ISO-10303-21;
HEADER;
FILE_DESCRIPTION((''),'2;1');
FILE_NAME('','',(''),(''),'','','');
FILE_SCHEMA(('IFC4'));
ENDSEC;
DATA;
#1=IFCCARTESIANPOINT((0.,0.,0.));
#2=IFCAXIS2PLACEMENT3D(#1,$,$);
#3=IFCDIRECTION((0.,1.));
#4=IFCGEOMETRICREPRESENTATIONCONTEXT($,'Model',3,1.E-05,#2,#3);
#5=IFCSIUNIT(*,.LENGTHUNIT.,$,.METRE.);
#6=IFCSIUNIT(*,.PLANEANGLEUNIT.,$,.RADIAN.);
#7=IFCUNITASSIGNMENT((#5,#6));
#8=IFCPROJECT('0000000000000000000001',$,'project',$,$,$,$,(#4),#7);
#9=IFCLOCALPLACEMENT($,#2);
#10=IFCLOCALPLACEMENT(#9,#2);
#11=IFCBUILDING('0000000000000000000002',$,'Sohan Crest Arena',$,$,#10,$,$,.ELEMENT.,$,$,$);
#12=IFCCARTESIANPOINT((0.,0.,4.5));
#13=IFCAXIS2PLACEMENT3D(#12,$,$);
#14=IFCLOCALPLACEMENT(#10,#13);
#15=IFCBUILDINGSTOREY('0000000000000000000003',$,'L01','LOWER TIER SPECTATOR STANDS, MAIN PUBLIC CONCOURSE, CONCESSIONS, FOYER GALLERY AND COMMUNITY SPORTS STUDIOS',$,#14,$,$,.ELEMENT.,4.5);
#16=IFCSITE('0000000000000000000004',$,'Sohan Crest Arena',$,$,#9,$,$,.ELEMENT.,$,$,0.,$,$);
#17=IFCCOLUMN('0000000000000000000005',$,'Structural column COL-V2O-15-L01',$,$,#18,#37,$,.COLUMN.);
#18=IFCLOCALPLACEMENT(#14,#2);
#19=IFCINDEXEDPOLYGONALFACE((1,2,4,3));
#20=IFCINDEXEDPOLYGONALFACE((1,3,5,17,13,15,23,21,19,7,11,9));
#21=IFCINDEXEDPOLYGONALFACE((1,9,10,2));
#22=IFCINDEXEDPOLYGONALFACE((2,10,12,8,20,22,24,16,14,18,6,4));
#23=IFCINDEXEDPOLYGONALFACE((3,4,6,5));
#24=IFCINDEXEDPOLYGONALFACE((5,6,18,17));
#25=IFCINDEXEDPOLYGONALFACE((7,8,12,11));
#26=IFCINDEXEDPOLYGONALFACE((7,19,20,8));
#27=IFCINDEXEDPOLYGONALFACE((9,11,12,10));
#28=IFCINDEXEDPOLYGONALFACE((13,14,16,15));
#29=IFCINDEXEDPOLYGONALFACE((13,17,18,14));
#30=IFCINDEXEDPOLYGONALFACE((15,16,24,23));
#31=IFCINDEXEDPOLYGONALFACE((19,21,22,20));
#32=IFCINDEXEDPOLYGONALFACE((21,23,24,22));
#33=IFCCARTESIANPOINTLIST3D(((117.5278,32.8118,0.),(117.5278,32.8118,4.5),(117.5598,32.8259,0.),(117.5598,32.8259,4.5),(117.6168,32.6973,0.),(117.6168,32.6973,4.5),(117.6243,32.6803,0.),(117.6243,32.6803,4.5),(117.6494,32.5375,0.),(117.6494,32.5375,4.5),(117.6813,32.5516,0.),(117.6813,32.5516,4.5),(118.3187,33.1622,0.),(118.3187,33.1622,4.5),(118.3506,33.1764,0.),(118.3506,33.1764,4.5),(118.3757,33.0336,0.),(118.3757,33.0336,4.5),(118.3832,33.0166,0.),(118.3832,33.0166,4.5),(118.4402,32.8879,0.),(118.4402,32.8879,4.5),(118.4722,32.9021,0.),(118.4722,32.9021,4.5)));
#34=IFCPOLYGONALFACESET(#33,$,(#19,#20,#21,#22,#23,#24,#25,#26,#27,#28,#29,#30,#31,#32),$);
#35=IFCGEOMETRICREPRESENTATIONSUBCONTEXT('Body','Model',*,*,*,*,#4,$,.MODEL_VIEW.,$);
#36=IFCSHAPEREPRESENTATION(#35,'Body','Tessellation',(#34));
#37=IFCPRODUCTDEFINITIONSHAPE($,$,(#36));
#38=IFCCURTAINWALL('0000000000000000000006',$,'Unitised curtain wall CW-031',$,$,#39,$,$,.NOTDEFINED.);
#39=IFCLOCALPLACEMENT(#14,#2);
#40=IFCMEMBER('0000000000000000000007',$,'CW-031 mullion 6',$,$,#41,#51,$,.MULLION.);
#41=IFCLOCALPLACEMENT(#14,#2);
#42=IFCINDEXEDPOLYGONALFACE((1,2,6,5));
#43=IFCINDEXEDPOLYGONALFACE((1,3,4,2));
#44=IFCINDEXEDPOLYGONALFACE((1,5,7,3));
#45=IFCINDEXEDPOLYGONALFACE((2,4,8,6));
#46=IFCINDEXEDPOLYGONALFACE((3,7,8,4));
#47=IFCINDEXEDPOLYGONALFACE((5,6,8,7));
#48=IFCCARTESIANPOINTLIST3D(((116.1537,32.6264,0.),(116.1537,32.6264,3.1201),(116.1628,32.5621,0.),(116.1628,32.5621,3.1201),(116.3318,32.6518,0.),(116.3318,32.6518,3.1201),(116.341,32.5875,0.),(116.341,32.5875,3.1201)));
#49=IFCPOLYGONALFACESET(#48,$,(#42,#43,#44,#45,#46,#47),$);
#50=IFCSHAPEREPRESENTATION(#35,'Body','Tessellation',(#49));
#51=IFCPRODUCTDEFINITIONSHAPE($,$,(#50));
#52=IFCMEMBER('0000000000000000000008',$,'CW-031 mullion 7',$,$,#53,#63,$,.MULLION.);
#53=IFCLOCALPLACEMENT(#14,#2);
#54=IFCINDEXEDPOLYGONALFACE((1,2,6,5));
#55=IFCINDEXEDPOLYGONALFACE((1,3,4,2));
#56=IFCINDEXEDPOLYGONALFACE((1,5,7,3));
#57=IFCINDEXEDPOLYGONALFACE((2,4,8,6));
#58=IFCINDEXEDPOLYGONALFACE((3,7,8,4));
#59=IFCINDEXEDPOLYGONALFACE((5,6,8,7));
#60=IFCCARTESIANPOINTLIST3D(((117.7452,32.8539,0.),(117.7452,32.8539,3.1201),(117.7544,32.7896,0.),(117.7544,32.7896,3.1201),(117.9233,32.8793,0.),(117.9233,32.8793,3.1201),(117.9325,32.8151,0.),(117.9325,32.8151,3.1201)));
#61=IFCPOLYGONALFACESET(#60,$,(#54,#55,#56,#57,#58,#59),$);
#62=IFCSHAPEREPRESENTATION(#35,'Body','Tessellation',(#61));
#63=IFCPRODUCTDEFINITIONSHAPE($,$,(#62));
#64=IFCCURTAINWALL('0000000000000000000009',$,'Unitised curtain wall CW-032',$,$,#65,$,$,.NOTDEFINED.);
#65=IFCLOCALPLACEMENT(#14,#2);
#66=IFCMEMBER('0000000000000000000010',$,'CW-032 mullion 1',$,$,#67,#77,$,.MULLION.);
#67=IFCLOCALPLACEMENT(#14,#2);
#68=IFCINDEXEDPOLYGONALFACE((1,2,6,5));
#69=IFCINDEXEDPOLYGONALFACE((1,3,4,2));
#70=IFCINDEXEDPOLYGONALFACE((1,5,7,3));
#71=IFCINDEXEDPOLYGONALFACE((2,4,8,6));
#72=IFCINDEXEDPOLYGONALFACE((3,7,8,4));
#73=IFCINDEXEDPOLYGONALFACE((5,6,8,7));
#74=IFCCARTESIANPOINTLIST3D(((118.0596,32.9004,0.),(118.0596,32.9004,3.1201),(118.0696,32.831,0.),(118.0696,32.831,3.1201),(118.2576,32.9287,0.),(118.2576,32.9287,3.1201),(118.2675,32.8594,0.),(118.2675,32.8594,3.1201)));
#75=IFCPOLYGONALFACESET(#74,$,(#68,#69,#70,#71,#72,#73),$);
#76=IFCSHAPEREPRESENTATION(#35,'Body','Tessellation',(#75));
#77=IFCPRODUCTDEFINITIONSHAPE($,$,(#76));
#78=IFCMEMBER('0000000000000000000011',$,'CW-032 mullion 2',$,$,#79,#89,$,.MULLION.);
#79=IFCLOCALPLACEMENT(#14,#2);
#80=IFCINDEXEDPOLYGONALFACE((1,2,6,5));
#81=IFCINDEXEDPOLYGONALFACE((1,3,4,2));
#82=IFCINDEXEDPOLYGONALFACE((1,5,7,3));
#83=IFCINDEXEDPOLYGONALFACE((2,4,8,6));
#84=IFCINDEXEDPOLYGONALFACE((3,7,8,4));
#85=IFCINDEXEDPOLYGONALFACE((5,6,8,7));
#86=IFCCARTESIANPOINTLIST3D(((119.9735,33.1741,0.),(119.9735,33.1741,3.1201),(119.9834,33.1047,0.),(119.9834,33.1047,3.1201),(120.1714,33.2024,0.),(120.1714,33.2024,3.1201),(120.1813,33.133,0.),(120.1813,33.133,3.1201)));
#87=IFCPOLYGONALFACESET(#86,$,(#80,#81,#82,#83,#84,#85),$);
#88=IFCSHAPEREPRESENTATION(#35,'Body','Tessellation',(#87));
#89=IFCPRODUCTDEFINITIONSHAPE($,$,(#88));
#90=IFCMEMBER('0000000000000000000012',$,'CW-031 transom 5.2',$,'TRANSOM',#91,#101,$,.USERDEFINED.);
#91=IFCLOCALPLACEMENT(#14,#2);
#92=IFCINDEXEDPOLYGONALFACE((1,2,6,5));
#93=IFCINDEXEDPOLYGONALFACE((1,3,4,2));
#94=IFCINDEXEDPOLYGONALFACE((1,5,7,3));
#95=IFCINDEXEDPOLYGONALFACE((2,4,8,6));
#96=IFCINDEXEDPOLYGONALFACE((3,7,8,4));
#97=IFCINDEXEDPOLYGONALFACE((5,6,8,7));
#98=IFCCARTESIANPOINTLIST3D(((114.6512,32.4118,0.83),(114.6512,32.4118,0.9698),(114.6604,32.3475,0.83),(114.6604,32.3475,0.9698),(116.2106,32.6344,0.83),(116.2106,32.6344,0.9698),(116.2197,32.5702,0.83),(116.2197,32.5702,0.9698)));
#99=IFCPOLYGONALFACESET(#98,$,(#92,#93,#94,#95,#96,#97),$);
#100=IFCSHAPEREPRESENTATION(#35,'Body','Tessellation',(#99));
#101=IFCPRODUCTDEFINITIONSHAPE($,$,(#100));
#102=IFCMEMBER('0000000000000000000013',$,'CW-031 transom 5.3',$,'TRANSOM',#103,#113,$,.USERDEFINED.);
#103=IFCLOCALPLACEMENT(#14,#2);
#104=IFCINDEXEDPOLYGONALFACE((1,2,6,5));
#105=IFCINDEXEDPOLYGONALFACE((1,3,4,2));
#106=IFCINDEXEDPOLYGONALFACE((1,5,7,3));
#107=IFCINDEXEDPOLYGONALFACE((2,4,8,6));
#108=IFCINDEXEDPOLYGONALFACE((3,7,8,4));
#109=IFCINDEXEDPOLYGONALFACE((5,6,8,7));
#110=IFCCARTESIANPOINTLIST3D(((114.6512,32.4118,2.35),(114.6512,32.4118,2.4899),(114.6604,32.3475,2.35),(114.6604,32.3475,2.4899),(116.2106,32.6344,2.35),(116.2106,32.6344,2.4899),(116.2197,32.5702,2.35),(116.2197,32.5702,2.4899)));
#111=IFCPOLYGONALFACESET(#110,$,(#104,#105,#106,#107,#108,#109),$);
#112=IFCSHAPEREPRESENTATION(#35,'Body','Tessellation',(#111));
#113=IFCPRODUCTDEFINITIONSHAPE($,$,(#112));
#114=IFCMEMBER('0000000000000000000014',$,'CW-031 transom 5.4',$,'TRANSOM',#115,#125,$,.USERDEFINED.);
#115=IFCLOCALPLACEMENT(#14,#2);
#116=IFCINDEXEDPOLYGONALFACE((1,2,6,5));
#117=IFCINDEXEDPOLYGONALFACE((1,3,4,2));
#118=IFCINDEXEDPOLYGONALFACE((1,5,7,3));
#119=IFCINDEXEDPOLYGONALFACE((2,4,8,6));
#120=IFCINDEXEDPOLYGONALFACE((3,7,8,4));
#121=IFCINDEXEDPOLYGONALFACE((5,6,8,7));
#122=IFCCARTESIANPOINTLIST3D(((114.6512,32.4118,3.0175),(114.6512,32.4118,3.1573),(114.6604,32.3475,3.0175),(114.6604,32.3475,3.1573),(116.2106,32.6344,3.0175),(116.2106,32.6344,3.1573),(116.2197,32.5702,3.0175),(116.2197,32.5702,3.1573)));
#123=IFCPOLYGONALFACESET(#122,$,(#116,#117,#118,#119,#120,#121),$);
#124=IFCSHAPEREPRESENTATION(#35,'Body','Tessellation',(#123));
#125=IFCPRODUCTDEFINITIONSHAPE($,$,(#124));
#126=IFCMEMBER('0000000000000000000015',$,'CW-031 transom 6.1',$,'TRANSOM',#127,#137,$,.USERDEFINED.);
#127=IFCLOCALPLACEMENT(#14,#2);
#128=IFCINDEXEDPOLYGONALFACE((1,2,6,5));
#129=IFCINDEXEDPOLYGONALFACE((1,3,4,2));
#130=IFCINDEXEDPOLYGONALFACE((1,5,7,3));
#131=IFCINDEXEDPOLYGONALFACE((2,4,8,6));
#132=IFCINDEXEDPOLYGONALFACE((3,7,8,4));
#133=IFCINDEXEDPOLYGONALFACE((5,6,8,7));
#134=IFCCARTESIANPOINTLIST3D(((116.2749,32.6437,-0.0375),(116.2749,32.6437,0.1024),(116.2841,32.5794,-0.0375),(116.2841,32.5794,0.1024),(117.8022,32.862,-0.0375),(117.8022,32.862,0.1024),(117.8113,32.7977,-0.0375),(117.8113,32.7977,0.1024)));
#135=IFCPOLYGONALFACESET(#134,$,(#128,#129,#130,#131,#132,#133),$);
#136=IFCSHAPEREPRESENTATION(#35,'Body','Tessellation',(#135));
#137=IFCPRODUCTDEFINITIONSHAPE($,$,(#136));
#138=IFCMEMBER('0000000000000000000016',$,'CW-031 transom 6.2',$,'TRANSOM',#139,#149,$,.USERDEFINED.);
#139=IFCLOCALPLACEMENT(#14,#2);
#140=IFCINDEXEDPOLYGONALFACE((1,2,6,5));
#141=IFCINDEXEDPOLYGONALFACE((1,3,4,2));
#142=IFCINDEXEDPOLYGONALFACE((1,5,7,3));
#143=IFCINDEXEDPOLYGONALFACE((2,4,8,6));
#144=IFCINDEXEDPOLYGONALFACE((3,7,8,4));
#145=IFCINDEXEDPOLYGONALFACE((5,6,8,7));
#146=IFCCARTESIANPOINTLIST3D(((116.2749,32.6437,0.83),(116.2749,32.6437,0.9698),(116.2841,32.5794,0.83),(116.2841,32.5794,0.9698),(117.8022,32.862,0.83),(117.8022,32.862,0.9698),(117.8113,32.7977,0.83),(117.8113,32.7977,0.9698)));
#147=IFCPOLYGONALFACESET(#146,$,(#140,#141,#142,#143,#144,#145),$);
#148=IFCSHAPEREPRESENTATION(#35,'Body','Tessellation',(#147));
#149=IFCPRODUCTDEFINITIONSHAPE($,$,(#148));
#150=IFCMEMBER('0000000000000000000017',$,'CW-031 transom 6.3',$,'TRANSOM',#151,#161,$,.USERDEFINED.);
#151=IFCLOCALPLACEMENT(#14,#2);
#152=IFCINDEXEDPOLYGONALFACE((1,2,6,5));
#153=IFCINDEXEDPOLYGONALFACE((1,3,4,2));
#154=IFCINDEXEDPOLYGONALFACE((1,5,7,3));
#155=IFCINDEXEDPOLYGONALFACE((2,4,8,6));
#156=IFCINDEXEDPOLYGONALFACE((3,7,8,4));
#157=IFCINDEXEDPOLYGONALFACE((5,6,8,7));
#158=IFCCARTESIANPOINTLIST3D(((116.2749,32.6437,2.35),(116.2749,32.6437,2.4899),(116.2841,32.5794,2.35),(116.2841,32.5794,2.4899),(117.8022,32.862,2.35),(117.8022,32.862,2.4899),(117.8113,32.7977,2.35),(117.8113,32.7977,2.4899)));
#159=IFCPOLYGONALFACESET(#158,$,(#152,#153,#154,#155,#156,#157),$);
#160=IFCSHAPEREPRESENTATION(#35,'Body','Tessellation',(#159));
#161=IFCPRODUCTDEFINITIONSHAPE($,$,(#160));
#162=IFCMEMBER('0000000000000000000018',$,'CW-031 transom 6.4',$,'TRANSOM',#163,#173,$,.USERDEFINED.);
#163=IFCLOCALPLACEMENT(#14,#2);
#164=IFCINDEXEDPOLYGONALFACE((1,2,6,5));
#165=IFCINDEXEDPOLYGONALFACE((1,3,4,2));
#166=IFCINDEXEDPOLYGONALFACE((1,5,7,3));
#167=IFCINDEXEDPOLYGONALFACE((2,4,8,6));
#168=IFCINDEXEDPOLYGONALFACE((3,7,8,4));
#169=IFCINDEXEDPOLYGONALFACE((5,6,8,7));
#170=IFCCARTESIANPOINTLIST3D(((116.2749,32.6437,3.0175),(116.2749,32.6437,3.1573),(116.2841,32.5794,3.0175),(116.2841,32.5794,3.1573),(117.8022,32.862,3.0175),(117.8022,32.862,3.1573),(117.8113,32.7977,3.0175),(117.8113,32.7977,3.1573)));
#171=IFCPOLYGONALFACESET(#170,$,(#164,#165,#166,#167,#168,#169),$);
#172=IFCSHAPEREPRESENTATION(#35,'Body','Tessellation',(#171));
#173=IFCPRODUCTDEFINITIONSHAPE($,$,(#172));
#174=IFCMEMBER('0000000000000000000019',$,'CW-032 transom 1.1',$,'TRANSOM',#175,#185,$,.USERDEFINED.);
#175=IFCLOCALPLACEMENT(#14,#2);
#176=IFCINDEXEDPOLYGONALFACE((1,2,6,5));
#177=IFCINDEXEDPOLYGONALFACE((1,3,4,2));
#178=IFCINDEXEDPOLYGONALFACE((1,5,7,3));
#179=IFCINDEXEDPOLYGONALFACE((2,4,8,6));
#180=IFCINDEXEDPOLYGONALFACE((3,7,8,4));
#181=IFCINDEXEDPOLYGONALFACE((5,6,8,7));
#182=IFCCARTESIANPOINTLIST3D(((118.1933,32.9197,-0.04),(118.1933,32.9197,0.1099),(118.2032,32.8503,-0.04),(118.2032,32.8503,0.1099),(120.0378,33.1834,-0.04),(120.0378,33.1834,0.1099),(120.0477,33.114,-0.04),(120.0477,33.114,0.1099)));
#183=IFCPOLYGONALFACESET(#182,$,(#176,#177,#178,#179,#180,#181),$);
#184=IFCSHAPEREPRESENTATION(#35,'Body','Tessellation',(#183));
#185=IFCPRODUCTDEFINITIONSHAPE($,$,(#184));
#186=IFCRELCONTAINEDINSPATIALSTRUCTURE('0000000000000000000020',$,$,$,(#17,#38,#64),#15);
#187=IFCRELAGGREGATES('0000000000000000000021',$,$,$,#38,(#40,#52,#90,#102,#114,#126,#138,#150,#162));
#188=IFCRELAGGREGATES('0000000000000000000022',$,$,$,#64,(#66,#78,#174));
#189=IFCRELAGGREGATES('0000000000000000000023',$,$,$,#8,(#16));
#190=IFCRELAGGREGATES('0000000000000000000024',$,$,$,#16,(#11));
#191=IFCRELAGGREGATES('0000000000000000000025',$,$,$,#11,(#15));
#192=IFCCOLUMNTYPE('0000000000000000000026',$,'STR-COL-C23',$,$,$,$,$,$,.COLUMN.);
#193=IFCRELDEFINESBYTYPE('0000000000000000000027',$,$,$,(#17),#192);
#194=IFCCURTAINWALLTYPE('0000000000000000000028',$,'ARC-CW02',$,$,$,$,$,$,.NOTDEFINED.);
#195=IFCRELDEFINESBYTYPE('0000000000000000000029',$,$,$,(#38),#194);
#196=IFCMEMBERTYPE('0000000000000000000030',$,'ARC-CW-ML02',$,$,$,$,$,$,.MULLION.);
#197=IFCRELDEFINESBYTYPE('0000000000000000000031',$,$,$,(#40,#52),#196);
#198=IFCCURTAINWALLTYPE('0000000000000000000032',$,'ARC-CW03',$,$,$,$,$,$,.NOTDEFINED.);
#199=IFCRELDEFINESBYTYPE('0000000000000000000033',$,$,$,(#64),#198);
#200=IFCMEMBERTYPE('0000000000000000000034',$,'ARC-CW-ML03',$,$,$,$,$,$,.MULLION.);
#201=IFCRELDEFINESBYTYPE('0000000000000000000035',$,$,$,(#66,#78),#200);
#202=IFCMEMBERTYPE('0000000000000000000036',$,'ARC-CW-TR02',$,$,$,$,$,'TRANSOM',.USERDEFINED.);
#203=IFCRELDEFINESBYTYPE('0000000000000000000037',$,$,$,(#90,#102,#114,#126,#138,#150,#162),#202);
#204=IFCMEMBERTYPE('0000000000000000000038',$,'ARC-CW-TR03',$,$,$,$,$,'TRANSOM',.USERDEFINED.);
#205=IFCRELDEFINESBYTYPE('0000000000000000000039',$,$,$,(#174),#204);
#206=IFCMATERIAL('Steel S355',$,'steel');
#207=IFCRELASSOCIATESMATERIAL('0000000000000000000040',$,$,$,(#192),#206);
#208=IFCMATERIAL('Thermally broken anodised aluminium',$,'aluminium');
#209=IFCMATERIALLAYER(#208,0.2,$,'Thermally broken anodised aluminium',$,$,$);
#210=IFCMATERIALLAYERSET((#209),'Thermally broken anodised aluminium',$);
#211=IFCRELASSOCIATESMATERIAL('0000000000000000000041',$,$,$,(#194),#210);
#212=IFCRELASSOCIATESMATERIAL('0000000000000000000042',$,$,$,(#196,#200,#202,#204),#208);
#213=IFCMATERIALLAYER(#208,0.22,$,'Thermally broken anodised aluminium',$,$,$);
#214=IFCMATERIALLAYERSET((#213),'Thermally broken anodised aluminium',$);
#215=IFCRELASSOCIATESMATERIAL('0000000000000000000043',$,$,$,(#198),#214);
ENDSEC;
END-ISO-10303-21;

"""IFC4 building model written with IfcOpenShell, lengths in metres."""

from ifc_helpers import new_model, si_unit, direction, frame, origin, origin_2d, place, context, subcontext, project, spatial, rectangle, i_section, extrude, material, layer, layer_set, material_profile, profile_set, type_object, element, aggregate, save


model = new_model("IFC4")

# Units and contexts
model_context = context("Model", 3, precision=1e-05, world=origin(), true_north=direction((0.0, 1.0)))
body_context = subcontext(model_context, "Body", "Model", "MODEL_VIEW")
ifc_project = project(units=[si_unit("LENGTHUNIT", "METRE"), si_unit("PLANEANGLEUNIT", "RADIAN")], contexts=[model_context])

# Site, building, storey
site_placement = place(None, origin())
site = spatial("IfcSite", under=ifc_project, at=site_placement, Name="Sohan Crest Arena", CompositionType="ELEMENT", RefElevation=0.0)
building_placement = place(site_placement, origin())
building = spatial("IfcBuilding", under=site, at=building_placement, Name="Sohan Crest Arena", CompositionType="ELEMENT")
storey_placement = place(building_placement, frame((0.0, 0.0, 4.5)))
storey = spatial("IfcBuildingStorey", under=building, at=storey_placement, Name="L01", Description="LOWER TIER SPECTATOR STANDS, MAIN PUBLIC CONCOURSE, CONCESSIONS, FOYER GALLERY AND COMMUNITY SPORTS STUDIOS", CompositionType="ELEMENT", Elevation=4.5)

# Column
ifc_material_1 = material(Name="Steel S355", Category="steel")
ifc_material_profile_1 = material_profile(ifc_material_1, i_section(OverallWidth=0.3, OverallDepth=0.8999, WebThickness=0.0186, FlangeThickness=0.0349, at=origin_2d()), Name="HEB 900")
ifc_profile_set_1 = profile_set([ifc_material_profile_1], Name="Steel S355")
column_type = type_object("IfcColumnType", Name="STR-COL-C23", PredefinedType="COLUMN", material=ifc_profile_set_1)
column_placement = place(storey_placement, frame((118.0, 32.8569, 0.0), z_axis=(0.0, 0.0, 1.0), x_axis=(-0.405142, 0.914254, 0.0)))
element("IfcColumn", 1, at=column_placement, inside=storey, type_object=column_type, Name="Structural column COL-V2O-15-L01", PredefinedType="COLUMN", context=body_context, shape_type="SweptSolid", body=[
    extrude(i_section(OverallWidth=0.3, OverallDepth=0.8999, WebThickness=0.0186, FlangeThickness=0.0349, at=origin_2d()), origin(), (0.0, 0.0, 1.0), 4.5),
])

# Curtain walls, members
ifc_material_2 = material(Name="Thermally broken anodised aluminium", Category="aluminium")
ifc_layer_1 = layer(ifc_material_2, 0.2, Name="Thermally broken anodised aluminium")
ifc_layer_set_1 = layer_set([ifc_layer_1], Name="Thermally broken anodised aluminium")
curtain_wall_type_1 = type_object("IfcCurtainWallType", Name="ARC-CW02", PredefinedType="NOTDEFINED", material=ifc_layer_set_1)
curtain_wall_1_placement = place(storey_placement, origin())
curtain_wall_1 = element("IfcCurtainWall", 2, at=curtain_wall_1_placement, inside=storey, type_object=curtain_wall_type_1, Name="Unitised curtain wall CW-031", PredefinedType="NOTDEFINED")
ifc_material_profile_2 = material_profile(ifc_material_2, rectangle(XDim=0.0649, YDim=0.1799, at=origin_2d()), Name="ALU-MULL 65x180")
ifc_profile_set_2 = profile_set([ifc_material_profile_2], Name="Thermally broken anodised aluminium")
member_type_1 = type_object("IfcMemberType", Name="ARC-CW-ML02", PredefinedType="MULLION", material=ifc_profile_set_2)
member_1_placement = place(storey_placement, frame((116.2473, 32.6069, 0.0), z_axis=(0.0, 0.0, 1.0), x_axis=(-0.14145, 0.989945, 0.0)))
member_1 = element("IfcMember", 3, at=member_1_placement, type_object=member_type_1, Name="CW-031 mullion 6", PredefinedType="MULLION", context=body_context, shape_type="SweptSolid", body=[
    extrude(rectangle(XDim=0.0649, YDim=0.1799, at=origin_2d()), origin(), (0.0, 0.0, 1.0), 3.1201),
])
member_2_placement = place(storey_placement, frame((117.8389, 32.8345, 0.0), z_axis=(0.0, 0.0, 1.0), x_axis=(-0.14145, 0.989945, 0.0)))
member_2 = element("IfcMember", 4, at=member_2_placement, type_object=member_type_1, Name="CW-031 mullion 7", PredefinedType="MULLION", context=body_context, shape_type="SweptSolid", body=[
    extrude(rectangle(XDim=0.0649, YDim=0.1799, at=origin_2d()), origin(), (0.0, 0.0, 1.0), 3.1201),
])
ifc_layer_2 = layer(ifc_material_2, 0.22, Name="Thermally broken anodised aluminium")
ifc_layer_set_2 = layer_set([ifc_layer_2], Name="Thermally broken anodised aluminium")
curtain_wall_type_2 = type_object("IfcCurtainWallType", Name="ARC-CW03", PredefinedType="NOTDEFINED", material=ifc_layer_set_2)
curtain_wall_2_placement = place(storey_placement, origin())
curtain_wall_2 = element("IfcCurtainWall", 5, at=curtain_wall_2_placement, inside=storey, type_object=curtain_wall_type_2, Name="Unitised curtain wall CW-032", PredefinedType="NOTDEFINED")
ifc_material_profile_3 = material_profile(ifc_material_2, rectangle(XDim=0.0701, YDim=0.2, at=origin_2d()), Name="ALU-MULL 70x200")
ifc_profile_set_3 = profile_set([ifc_material_profile_3], Name="Thermally broken anodised aluminium")
member_type_2 = type_object("IfcMemberType", Name="ARC-CW-ML03", PredefinedType="MULLION", material=ifc_profile_set_3)
member_3_placement = place(storey_placement, frame((118.1636, 32.8799, 0.0), z_axis=(0.0, 0.0, 1.0), x_axis=(-0.141549, 0.989931, 0.0)))
member_3 = element("IfcMember", 6, at=member_3_placement, type_object=member_type_2, Name="CW-032 mullion 1", PredefinedType="MULLION", context=body_context, shape_type="SweptSolid", body=[
    extrude(rectangle(XDim=0.0701, YDim=0.2, at=origin_2d()), origin(), (0.0, 0.0, 1.0), 3.1201),
])
member_4_placement = place(storey_placement, frame((120.0774, 33.1536, 0.0), z_axis=(0.0, 0.0, 1.0), x_axis=(-0.141549, 0.989931, 0.0)))
member_4 = element("IfcMember", 7, at=member_4_placement, type_object=member_type_2, Name="CW-032 mullion 2", PredefinedType="MULLION", context=body_context, shape_type="SweptSolid", body=[
    extrude(rectangle(XDim=0.0701, YDim=0.2, at=origin_2d()), origin(), (0.0, 0.0, 1.0), 3.1201),
])

# Members
ifc_material_profile_4 = material_profile(ifc_material_2, rectangle(XDim=0.0649, YDim=0.1399, at=origin_2d()), Name="ALU-TRAN 65x140")
ifc_profile_set_4 = profile_set([ifc_material_profile_4], Name="Thermally broken anodised aluminium")
member_type_3 = type_object("IfcMemberType", Name="ARC-CW-TR02", ElementType="TRANSOM", PredefinedType="USERDEFINED", material=ifc_profile_set_4)
member_5_placement = place(storey_placement, frame((114.6558, 32.3796, 0.8999), z_axis=(0.989959, 0.141356, 0.0), x_axis=(-0.141356, 0.989959, 0.0)))
member_5 = element("IfcMember", 8, at=member_5_placement, type_object=member_type_3, Name="CW-031 transom 5.2", ObjectType="TRANSOM", PredefinedType="USERDEFINED", context=body_context, shape_type="SweptSolid", body=[
    extrude(rectangle(XDim=0.0649, YDim=0.1399, at=origin_2d()), origin(), (0.0, 0.0, 1.0), 1.5752),
])
member_6_placement = place(storey_placement, frame((114.6558, 32.3796, 2.4199), z_axis=(0.989959, 0.141356, 0.0), x_axis=(-0.141356, 0.989959, 0.0)))
member_6 = element("IfcMember", 9, at=member_6_placement, type_object=member_type_3, Name="CW-031 transom 5.3", ObjectType="TRANSOM", PredefinedType="USERDEFINED", context=body_context, shape_type="SweptSolid", body=[
    extrude(rectangle(XDim=0.0649, YDim=0.1399, at=origin_2d()), origin(), (0.0, 0.0, 1.0), 1.5752),
])
member_7_placement = place(storey_placement, frame((114.6558, 32.3796, 3.0874), z_axis=(0.989959, 0.141356, 0.0), x_axis=(-0.141356, 0.989959, 0.0)))
member_7 = element("IfcMember", 10, at=member_7_placement, type_object=member_type_3, Name="CW-031 transom 5.4", ObjectType="TRANSOM", PredefinedType="USERDEFINED", context=body_context, shape_type="SweptSolid", body=[
    extrude(rectangle(XDim=0.0649, YDim=0.1399, at=origin_2d()), origin(), (0.0, 0.0, 1.0), 1.5752),
])
member_8_placement = place(storey_placement, frame((116.2795, 32.6116, 0.0325), z_axis=(0.98994, 0.141488, 0.0), x_axis=(-0.141488, 0.98994, 0.0)))
member_8 = element("IfcMember", 11, at=member_8_placement, type_object=member_type_3, Name="CW-031 transom 6.1", ObjectType="TRANSOM", PredefinedType="USERDEFINED", context=body_context, shape_type="SweptSolid", body=[
    extrude(rectangle(XDim=0.0649, YDim=0.1399, at=origin_2d()), origin(), (0.0, 0.0, 1.0), 1.5427),
])
member_9_placement = place(storey_placement, frame((116.2795, 32.6116, 0.8999), z_axis=(0.98994, 0.141488, 0.0), x_axis=(-0.141488, 0.98994, 0.0)))
member_9 = element("IfcMember", 12, at=member_9_placement, type_object=member_type_3, Name="CW-031 transom 6.2", ObjectType="TRANSOM", PredefinedType="USERDEFINED", context=body_context, shape_type="SweptSolid", body=[
    extrude(rectangle(XDim=0.0649, YDim=0.1399, at=origin_2d()), origin(), (0.0, 0.0, 1.0), 1.5427),
])
member_10_placement = place(storey_placement, frame((116.2795, 32.6116, 2.4199), z_axis=(0.98994, 0.141488, 0.0), x_axis=(-0.141488, 0.98994, 0.0)))
member_10 = element("IfcMember", 13, at=member_10_placement, type_object=member_type_3, Name="CW-031 transom 6.3", ObjectType="TRANSOM", PredefinedType="USERDEFINED", context=body_context, shape_type="SweptSolid", body=[
    extrude(rectangle(XDim=0.0649, YDim=0.1399, at=origin_2d()), origin(), (0.0, 0.0, 1.0), 1.5427),
])
member_11_placement = place(storey_placement, frame((116.2795, 32.6116, 3.0874), z_axis=(0.98994, 0.141488, 0.0), x_axis=(-0.141488, 0.98994, 0.0)))
member_11 = element("IfcMember", 14, at=member_11_placement, type_object=member_type_3, Name="CW-031 transom 6.4", ObjectType="TRANSOM", PredefinedType="USERDEFINED", context=body_context, shape_type="SweptSolid", body=[
    extrude(rectangle(XDim=0.0649, YDim=0.1399, at=origin_2d()), origin(), (0.0, 0.0, 1.0), 1.5427),
])
ifc_material_profile_5 = material_profile(ifc_material_2, rectangle(XDim=0.0701, YDim=0.1499, at=origin_2d()), Name="ALU-TRAN 70x150")
ifc_profile_set_5 = profile_set([ifc_material_profile_5], Name="Thermally broken anodised aluminium")
member_type_4 = type_object("IfcMemberType", Name="ARC-CW-TR03", ElementType="TRANSOM", PredefinedType="USERDEFINED", material=ifc_profile_set_5)
member_12_placement = place(storey_placement, frame((118.1982, 32.885, 0.0349), z_axis=(0.989936, 0.141513, 0.0), x_axis=(-0.141513, 0.989936, 0.0)))
member_12 = element("IfcMember", 15, at=member_12_placement, type_object=member_type_4, Name="CW-032 transom 1.1", ObjectType="TRANSOM", PredefinedType="USERDEFINED", context=body_context, shape_type="SweptSolid", body=[
    extrude(rectangle(XDim=0.0701, YDim=0.1499, at=origin_2d()), origin(), (0.0, 0.0, 1.0), 1.8633),
])

aggregate(curtain_wall_1, [member_1, member_2, member_5, member_6, member_7, member_8, member_9, member_10, member_11])
aggregate(curtain_wall_2, [member_3, member_4, member_12])

save(model, "model.ifc")
